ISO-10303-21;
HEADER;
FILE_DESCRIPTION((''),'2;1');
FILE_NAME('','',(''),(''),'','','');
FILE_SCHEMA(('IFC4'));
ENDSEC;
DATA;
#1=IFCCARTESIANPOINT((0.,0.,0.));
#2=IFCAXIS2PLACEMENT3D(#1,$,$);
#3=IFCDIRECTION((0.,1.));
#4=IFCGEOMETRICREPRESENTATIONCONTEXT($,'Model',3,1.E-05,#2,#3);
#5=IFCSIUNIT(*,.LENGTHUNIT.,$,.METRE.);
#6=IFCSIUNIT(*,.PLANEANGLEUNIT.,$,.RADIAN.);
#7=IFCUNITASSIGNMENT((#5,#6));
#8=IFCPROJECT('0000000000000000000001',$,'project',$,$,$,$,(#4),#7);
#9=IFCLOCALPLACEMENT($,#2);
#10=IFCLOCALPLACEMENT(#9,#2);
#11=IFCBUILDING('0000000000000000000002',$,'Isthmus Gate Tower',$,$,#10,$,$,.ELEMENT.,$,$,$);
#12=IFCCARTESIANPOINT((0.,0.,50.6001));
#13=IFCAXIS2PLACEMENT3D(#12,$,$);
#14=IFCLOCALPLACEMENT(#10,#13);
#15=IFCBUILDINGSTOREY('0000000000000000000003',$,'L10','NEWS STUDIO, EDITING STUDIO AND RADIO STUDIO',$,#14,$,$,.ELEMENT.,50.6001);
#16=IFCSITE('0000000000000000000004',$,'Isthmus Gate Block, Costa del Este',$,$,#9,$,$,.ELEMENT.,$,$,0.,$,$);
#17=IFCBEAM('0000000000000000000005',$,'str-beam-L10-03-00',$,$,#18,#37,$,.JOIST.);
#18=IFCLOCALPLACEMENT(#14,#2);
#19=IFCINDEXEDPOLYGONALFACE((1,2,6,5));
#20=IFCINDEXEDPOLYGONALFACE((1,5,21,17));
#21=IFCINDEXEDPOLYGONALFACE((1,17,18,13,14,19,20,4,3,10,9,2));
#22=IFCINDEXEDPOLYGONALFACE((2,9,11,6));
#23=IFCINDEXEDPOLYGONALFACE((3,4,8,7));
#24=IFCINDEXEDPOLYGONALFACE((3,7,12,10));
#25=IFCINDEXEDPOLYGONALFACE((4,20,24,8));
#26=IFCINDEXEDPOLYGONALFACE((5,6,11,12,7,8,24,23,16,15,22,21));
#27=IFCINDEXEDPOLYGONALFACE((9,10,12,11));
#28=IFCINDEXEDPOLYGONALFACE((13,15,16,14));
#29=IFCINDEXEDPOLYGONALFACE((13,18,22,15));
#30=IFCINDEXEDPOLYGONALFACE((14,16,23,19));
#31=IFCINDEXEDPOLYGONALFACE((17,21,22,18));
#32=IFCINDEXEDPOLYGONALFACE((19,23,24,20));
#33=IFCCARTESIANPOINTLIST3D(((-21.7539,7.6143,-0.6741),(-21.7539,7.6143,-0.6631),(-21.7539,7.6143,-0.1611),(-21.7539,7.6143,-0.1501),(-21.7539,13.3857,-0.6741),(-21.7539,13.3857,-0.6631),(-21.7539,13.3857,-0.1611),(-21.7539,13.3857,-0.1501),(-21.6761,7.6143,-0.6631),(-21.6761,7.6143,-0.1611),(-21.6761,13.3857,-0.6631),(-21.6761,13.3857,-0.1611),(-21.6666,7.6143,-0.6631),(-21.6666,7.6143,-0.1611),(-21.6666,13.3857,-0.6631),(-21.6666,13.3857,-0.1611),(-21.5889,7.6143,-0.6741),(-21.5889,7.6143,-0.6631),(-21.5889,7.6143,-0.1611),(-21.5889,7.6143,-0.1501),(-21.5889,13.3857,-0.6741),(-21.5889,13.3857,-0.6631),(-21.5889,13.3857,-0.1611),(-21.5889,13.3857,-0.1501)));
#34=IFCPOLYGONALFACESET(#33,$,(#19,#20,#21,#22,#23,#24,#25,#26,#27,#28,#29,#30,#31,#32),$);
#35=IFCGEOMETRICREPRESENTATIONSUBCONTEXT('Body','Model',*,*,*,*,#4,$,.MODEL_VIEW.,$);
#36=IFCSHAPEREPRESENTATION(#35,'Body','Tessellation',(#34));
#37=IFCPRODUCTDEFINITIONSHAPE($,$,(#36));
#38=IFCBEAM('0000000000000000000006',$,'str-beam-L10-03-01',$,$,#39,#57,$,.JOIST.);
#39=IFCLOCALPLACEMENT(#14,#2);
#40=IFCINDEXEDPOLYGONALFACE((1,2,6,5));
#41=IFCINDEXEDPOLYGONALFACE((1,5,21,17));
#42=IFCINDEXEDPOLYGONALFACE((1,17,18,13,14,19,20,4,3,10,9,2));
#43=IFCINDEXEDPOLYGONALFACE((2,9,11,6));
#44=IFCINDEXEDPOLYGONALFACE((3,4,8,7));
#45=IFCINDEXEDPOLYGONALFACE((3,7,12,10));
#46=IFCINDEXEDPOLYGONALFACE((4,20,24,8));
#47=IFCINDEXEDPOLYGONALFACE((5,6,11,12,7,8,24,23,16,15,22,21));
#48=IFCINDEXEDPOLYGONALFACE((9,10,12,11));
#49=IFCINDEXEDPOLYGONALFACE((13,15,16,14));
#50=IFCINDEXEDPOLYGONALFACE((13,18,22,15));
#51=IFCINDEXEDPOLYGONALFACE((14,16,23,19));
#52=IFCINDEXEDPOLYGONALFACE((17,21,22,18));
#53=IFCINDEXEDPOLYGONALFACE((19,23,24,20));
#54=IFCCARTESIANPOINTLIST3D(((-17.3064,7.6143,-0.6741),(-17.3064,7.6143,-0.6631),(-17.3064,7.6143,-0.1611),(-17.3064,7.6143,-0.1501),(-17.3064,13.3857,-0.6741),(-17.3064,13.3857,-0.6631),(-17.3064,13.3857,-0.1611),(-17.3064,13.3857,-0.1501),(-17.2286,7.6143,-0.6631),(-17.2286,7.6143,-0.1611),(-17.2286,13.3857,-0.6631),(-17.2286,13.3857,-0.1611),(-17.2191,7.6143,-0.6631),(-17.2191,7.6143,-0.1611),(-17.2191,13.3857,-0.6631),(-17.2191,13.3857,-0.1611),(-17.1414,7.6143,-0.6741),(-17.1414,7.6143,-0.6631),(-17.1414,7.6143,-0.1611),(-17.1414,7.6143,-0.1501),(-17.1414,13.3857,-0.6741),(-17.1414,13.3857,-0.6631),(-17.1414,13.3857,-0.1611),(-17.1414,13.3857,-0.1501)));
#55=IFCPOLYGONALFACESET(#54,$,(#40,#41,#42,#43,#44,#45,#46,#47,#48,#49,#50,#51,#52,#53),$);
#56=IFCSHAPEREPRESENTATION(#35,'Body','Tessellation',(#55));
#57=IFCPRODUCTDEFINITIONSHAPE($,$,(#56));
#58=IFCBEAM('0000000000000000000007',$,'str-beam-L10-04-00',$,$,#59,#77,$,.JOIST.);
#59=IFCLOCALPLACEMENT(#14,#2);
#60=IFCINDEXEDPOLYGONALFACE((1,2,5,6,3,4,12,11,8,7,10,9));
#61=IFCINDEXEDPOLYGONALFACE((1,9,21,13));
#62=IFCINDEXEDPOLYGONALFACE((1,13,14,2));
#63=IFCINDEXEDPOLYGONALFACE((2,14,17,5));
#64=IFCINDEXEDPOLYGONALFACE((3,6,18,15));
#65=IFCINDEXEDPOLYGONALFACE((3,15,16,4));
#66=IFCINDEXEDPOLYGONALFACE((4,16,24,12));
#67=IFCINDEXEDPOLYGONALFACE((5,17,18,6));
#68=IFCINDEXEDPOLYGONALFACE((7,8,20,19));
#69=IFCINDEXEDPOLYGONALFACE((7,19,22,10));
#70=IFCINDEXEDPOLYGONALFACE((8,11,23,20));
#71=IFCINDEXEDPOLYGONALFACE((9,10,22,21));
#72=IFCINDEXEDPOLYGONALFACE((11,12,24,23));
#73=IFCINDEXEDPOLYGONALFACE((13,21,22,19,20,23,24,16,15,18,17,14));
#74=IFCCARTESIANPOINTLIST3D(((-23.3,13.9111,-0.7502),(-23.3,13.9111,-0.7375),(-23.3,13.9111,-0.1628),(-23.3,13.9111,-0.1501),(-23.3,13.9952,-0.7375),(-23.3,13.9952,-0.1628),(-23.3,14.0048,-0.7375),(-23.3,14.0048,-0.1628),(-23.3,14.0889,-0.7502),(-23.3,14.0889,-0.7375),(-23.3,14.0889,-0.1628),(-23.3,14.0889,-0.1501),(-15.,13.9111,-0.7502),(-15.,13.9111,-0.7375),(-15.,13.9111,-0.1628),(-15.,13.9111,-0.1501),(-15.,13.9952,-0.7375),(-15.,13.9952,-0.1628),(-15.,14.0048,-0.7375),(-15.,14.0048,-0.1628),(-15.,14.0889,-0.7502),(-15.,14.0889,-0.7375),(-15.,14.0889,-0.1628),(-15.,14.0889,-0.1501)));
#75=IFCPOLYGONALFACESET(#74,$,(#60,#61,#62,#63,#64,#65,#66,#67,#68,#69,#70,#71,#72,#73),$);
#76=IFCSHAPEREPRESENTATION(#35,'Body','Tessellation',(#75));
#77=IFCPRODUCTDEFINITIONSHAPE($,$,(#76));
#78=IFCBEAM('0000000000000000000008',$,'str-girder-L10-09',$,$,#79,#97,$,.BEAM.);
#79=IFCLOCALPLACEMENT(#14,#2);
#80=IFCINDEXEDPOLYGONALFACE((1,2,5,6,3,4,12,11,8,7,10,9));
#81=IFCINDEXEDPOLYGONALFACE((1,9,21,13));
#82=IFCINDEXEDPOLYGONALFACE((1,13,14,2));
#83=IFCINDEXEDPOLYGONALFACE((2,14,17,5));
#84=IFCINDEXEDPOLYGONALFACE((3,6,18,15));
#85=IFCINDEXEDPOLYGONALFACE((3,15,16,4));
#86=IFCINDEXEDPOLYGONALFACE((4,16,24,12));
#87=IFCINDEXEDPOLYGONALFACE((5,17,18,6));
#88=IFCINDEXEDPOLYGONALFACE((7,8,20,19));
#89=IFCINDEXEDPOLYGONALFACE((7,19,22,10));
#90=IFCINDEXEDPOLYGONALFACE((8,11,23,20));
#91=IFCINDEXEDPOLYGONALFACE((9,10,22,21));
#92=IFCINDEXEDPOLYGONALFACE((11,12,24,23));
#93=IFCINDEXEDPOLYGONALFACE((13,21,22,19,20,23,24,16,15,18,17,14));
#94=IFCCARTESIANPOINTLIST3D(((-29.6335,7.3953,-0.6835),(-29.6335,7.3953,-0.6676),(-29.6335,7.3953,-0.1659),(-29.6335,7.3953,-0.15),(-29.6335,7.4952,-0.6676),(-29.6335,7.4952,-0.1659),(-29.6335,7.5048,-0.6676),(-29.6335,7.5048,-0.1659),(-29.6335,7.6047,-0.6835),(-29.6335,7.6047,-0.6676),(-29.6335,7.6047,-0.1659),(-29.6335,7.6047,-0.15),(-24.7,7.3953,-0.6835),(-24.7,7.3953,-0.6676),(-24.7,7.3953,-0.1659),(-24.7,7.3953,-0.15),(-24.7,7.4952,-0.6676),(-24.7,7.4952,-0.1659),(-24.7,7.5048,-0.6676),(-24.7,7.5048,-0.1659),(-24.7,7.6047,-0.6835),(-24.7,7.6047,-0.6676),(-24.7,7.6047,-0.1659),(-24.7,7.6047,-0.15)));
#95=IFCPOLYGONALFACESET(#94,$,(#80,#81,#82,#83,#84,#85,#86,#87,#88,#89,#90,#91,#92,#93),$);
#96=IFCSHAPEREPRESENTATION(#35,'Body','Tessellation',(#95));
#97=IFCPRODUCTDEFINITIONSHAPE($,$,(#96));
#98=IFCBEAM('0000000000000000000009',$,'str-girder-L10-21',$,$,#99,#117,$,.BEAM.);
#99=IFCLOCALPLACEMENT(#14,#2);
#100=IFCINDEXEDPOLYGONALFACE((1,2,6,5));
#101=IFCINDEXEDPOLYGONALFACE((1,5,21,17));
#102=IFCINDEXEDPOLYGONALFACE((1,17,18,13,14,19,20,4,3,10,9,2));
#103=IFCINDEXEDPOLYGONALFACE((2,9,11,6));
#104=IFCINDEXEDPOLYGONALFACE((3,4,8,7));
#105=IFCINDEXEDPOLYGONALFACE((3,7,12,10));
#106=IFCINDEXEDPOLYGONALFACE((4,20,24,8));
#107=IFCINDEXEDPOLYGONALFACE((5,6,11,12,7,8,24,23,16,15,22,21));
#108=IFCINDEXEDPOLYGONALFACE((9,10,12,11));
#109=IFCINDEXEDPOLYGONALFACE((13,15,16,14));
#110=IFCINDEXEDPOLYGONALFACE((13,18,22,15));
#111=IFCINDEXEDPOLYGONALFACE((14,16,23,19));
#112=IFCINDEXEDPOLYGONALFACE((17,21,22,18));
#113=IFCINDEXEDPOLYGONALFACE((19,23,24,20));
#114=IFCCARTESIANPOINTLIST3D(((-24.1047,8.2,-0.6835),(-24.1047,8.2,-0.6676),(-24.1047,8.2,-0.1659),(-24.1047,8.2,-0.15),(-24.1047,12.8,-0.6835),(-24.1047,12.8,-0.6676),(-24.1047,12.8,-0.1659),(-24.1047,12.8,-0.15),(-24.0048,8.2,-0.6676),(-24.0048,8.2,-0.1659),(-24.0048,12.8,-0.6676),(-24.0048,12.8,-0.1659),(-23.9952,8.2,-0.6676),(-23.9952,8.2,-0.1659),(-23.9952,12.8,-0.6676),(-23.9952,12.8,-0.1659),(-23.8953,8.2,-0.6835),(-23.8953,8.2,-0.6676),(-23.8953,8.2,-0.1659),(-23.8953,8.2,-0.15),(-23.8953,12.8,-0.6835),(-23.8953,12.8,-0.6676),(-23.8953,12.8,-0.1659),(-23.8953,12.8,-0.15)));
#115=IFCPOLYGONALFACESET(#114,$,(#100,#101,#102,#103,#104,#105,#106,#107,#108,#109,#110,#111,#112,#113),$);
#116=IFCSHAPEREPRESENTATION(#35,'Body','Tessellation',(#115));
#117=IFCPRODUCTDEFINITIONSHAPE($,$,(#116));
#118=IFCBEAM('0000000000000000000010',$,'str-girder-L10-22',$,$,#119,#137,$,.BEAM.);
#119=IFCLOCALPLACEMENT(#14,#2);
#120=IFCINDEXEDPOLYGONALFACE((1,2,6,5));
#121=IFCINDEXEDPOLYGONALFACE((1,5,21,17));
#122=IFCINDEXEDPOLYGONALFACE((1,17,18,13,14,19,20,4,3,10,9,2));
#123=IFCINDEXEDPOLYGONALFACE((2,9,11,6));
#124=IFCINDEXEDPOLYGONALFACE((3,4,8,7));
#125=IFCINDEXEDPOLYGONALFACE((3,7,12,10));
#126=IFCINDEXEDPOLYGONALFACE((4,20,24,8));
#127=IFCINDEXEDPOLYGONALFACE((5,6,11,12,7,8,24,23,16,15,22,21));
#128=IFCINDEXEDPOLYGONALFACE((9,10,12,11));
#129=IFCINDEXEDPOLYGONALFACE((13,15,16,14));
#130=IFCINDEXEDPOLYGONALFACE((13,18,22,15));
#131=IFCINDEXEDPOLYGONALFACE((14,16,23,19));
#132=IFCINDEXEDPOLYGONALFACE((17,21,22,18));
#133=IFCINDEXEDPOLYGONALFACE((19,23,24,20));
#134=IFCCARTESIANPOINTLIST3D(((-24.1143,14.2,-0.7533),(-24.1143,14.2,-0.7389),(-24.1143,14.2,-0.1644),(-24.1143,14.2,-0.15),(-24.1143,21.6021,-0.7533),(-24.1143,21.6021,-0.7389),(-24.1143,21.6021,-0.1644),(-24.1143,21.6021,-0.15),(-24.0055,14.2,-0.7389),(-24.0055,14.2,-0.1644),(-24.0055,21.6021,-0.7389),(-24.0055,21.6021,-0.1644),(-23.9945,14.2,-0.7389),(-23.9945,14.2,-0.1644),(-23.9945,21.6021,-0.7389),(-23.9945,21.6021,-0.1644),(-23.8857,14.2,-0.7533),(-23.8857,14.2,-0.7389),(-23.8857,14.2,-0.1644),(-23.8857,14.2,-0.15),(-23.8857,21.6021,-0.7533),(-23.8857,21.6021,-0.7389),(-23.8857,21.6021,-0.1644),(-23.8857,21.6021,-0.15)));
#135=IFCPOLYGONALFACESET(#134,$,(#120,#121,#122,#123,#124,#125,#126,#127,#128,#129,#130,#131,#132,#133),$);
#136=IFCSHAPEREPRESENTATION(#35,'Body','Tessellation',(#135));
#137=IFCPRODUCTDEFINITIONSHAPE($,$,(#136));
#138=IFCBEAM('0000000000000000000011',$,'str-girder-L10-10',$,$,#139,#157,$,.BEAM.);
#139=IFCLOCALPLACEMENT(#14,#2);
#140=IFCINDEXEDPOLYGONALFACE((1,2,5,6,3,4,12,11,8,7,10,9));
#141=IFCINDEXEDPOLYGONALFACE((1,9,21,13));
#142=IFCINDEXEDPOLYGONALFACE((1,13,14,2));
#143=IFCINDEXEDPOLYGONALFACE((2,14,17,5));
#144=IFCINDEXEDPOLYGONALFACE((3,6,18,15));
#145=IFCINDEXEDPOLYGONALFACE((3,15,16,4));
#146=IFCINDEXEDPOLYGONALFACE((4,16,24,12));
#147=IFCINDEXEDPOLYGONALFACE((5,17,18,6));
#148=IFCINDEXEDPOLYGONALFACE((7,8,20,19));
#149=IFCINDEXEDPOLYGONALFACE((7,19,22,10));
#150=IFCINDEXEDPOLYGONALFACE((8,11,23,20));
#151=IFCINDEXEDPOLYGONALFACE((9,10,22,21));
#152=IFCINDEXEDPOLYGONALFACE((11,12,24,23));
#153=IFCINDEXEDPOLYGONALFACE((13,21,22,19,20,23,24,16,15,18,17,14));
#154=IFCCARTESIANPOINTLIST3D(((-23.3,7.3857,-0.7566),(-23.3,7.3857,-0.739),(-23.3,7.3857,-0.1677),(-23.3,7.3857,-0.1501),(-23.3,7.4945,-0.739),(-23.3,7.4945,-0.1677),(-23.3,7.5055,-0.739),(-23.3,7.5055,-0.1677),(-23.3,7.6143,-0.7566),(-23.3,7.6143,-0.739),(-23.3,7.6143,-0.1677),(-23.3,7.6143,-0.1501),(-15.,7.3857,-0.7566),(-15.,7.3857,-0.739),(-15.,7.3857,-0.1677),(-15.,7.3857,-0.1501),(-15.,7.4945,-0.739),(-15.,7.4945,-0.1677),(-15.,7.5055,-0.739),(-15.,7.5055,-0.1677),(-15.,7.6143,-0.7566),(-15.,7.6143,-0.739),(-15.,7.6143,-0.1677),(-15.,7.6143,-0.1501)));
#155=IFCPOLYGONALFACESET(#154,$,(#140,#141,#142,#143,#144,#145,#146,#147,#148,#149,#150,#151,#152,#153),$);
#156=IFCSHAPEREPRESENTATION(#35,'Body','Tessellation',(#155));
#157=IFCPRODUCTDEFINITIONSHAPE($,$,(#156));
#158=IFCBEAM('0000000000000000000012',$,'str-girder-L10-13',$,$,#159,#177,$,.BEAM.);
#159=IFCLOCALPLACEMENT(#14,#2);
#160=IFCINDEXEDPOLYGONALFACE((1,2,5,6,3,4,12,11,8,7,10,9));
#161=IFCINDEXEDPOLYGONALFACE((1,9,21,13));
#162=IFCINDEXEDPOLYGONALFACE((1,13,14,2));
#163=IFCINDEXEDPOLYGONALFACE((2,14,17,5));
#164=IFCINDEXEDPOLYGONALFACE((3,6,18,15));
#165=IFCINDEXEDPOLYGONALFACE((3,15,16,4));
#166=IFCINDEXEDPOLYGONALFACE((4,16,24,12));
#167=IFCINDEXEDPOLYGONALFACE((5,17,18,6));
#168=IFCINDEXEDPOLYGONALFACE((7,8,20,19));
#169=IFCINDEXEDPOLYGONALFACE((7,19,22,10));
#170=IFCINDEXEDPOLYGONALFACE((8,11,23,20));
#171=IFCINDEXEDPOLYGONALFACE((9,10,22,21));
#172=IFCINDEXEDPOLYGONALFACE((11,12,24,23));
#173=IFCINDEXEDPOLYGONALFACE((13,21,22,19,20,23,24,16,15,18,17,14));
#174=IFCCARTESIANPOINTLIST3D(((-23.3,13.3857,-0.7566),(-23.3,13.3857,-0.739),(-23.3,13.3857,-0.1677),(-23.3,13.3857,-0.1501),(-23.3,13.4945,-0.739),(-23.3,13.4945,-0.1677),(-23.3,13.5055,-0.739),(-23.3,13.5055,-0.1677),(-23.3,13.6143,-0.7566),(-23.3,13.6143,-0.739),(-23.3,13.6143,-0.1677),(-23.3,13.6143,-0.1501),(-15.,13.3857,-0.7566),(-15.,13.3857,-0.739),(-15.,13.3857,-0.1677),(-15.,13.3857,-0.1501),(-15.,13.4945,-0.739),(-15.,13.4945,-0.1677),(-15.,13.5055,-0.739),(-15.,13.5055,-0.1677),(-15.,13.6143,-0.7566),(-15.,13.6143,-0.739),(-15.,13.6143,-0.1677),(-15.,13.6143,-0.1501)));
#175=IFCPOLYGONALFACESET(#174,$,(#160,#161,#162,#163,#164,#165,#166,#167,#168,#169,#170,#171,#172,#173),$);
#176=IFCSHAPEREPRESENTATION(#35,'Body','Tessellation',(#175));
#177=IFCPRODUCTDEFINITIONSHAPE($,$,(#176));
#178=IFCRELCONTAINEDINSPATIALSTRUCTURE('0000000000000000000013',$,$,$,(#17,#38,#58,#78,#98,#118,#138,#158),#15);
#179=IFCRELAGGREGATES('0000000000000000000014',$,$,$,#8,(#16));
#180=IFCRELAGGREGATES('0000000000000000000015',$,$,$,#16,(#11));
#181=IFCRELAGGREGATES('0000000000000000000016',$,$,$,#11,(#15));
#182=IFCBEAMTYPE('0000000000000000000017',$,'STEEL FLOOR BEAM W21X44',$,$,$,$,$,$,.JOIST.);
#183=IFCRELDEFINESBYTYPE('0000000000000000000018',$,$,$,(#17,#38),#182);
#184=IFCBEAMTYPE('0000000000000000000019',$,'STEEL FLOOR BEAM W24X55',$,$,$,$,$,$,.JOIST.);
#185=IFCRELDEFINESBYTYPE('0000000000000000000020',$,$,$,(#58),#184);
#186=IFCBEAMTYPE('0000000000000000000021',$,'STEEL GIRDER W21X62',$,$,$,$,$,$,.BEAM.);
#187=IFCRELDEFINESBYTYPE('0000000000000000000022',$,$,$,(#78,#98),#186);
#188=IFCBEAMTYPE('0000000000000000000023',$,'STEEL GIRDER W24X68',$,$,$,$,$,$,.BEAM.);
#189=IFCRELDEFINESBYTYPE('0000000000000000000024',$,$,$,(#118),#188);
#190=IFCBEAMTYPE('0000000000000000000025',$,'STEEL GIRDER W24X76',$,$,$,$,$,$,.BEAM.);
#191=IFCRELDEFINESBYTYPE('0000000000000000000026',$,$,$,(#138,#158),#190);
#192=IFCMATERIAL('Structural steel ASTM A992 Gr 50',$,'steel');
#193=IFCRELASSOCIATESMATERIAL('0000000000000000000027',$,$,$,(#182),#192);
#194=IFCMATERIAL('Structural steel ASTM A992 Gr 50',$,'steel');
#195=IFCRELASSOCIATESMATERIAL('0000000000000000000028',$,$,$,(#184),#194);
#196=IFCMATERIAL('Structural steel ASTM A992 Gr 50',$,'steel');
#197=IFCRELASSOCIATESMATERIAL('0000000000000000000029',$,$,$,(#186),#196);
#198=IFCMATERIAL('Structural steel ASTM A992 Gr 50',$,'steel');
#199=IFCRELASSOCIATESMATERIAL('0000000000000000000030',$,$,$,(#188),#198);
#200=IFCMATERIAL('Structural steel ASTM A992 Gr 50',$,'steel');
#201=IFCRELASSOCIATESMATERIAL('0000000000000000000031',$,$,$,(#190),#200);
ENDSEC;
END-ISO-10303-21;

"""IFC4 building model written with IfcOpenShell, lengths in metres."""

from ifc_helpers import new_model, si_unit, direction, frame, origin, origin_2d, place, context, subcontext, project, spatial, i_section, extrude, material, material_profile, profile_set, type_object, element, save


model = new_model("IFC4")

# Units and contexts
model_context = context("Model", 3, precision=1e-05, world=origin(), true_north=direction((0.0, 1.0)))
body_context = subcontext(model_context, "Body", "Model", "MODEL_VIEW")
ifc_project = project(units=[si_unit("LENGTHUNIT", "METRE"), si_unit("PLANEANGLEUNIT", "RADIAN")], contexts=[model_context])

# Site, building, storey
site_placement = place(None, origin())
site = spatial("IfcSite", under=ifc_project, at=site_placement, Name="Isthmus Gate Block, Costa del Este", CompositionType="ELEMENT", RefElevation=0.0)
building_placement = place(site_placement, origin())
building = spatial("IfcBuilding", under=site, at=building_placement, Name="Isthmus Gate Tower", CompositionType="ELEMENT")
storey_placement = place(building_placement, frame((0.0, 0.0, 50.6001)))
storey = spatial("IfcBuildingStorey", under=building, at=storey_placement, Name="L10", Description="NEWS STUDIO, EDITING STUDIO AND RADIO STUDIO", CompositionType="ELEMENT", Elevation=50.6001)

# Beams
ifc_material_1 = material(Name="Structural steel ASTM A992 Gr 50", Category="steel")
ifc_material_profile_1 = material_profile(ifc_material_1, i_section(OverallWidth=0.165, OverallDepth=0.5239, WebThickness=0.0095, FlangeThickness=0.011, at=origin_2d()), Name="W21X44")
ifc_profile_set_1 = profile_set([ifc_material_profile_1], Name="Structural steel ASTM A992 Gr 50")
beam_type_1 = type_object("IfcBeamType", Name="STEEL FLOOR BEAM W21X44", PredefinedType="JOIST", material=ifc_profile_set_1)
for number, where, z_axis, x_axis, name in (
    (1, (-21.6714, 7.6143, -0.4121), (0.0, 1.0, 0.0), (-1.0, 0.0, 0.0), "str-beam-L10-03-00"),
    (2, (-17.2239, 7.6143, -0.4121), (0.0, 1.0, 0.0), (-1.0, 0.0, 0.0), "str-beam-L10-03-01"),
):
    element("IfcBeam", number, at=place(storey_placement, frame(where, z_axis=z_axis, x_axis=x_axis)), inside=storey, type_object=beam_type_1, Name=name, PredefinedType="JOIST", context=body_context, shape_type="SweptSolid", body=[
        extrude(i_section(OverallWidth=0.165, OverallDepth=0.5239, WebThickness=0.0095, FlangeThickness=0.011, at=origin_2d()), origin(), (0.0, 0.0, 1.0), 5.7715),
    ])
ifc_material_2 = material(Name="Structural steel ASTM A992 Gr 50", Category="steel")
ifc_material_profile_2 = material_profile(ifc_material_2, i_section(OverallWidth=0.1777, OverallDepth=0.6001, WebThickness=0.0095, FlangeThickness=0.0127, at=origin_2d()), Name="W24X55")
ifc_profile_set_2 = profile_set([ifc_material_profile_2], Name="Structural steel ASTM A992 Gr 50")
beam_type_2 = type_object("IfcBeamType", Name="STEEL FLOOR BEAM W24X55", PredefinedType="JOIST", material=ifc_profile_set_2)
beam_1_placement = place(storey_placement, frame((-23.3, 14.0, -0.4502), z_axis=(1.0, 0.0, 0.0), x_axis=(0.0, 1.0, 0.0)))
element("IfcBeam", 3, at=beam_1_placement, inside=storey, type_object=beam_type_2, Name="str-beam-L10-04-00", PredefinedType="JOIST", context=body_context, shape_type="SweptSolid", body=[
    extrude(i_section(OverallWidth=0.1777, OverallDepth=0.6001, WebThickness=0.0095, FlangeThickness=0.0127, at=origin_2d()), origin(), (0.0, 0.0, 1.0), 8.3),
])
ifc_material_3 = material(Name="Structural steel ASTM A992 Gr 50", Category="steel")
ifc_material_profile_3 = material_profile(ifc_material_3, i_section(OverallWidth=0.2095, OverallDepth=0.5334, WebThickness=0.0095, FlangeThickness=0.0159, at=origin_2d()), Name="W21X62")
ifc_profile_set_3 = profile_set([ifc_material_profile_3], Name="Structural steel ASTM A992 Gr 50")
beam_type_3 = type_object("IfcBeamType", Name="STEEL GIRDER W21X62", PredefinedType="BEAM", material=ifc_profile_set_3)
beam_2_placement = place(storey_placement, frame((-29.6335, 7.5, -0.4167), z_axis=(1.0, 0.0, 0.0), x_axis=(0.0, 1.0, 0.0)))
element("IfcBeam", 4, at=beam_2_placement, inside=storey, type_object=beam_type_3, Name="str-girder-L10-09", PredefinedType="BEAM", context=body_context, shape_type="SweptSolid", body=[
    extrude(i_section(OverallWidth=0.2095, OverallDepth=0.5334, WebThickness=0.0095, FlangeThickness=0.0159, at=origin_2d()), origin(), (0.0, 0.0, 1.0), 4.9336),
])
beam_3_placement = place(storey_placement, frame((-24.0, 8.2, -0.4167), z_axis=(0.0, 1.0, 0.0), x_axis=(-1.0, 0.0, 0.0)))
element("IfcBeam", 5, at=beam_3_placement, inside=storey, type_object=beam_type_3, Name="str-girder-L10-21", PredefinedType="BEAM", context=body_context, shape_type="SweptSolid", body=[
    extrude(i_section(OverallWidth=0.2095, OverallDepth=0.5334, WebThickness=0.0095, FlangeThickness=0.0159, at=origin_2d()), origin(), (0.0, 0.0, 1.0), 4.6001),
])
ifc_material_4 = material(Name="Structural steel ASTM A992 Gr 50", Category="steel")
ifc_material_profile_4 = material_profile(ifc_material_4, i_section(OverallWidth=0.2285, OverallDepth=0.6033, WebThickness=0.011, FlangeThickness=0.0144, at=origin_2d()), Name="W24X68")
ifc_profile_set_4 = profile_set([ifc_material_profile_4], Name="Structural steel ASTM A992 Gr 50")
beam_type_4 = type_object("IfcBeamType", Name="STEEL GIRDER W24X68", PredefinedType="BEAM", material=ifc_profile_set_4)
beam_4_placement = place(storey_placement, frame((-24.0, 14.2, -0.4517), z_axis=(0.0, 1.0, 0.0), x_axis=(-1.0, 0.0, 0.0)))
element("IfcBeam", 6, at=beam_4_placement, inside=storey, type_object=beam_type_4, Name="str-girder-L10-22", PredefinedType="BEAM", context=body_context, shape_type="SweptSolid", body=[
    extrude(i_section(OverallWidth=0.2285, OverallDepth=0.6033, WebThickness=0.011, FlangeThickness=0.0144, at=origin_2d()), origin(), (0.0, 0.0, 1.0), 7.4021),
])
ifc_material_5 = material(Name="Structural steel ASTM A992 Gr 50", Category="steel")
ifc_material_profile_5 = material_profile(ifc_material_5, i_section(OverallWidth=0.2285, OverallDepth=0.6064, WebThickness=0.011, FlangeThickness=0.0176, at=origin_2d()), Name="W24X76")
ifc_profile_set_5 = profile_set([ifc_material_profile_5], Name="Structural steel ASTM A992 Gr 50")
beam_type_5 = type_object("IfcBeamType", Name="STEEL GIRDER W24X76", PredefinedType="BEAM", material=ifc_profile_set_5)
for number, where, z_axis, x_axis, name in (
    (7, (-23.3, 7.5, -0.4534), (1.0, 0.0, 0.0), (0.0, 1.0, 0.0), "str-girder-L10-10"),
    (8, (-23.3, 13.5, -0.4534), (1.0, 0.0, 0.0), (0.0, 1.0, 0.0), "str-girder-L10-13"),
):
    element("IfcBeam", number, at=place(storey_placement, frame(where, z_axis=z_axis, x_axis=x_axis)), inside=storey, type_object=beam_type_5, Name=name, PredefinedType="BEAM", context=body_context, shape_type="SweptSolid", body=[
        extrude(i_section(OverallWidth=0.2285, OverallDepth=0.6064, WebThickness=0.011, FlangeThickness=0.0176, at=origin_2d()), origin(), (0.0, 0.0, 1.0), 8.3),
    ])

save(model, "model.ifc")
